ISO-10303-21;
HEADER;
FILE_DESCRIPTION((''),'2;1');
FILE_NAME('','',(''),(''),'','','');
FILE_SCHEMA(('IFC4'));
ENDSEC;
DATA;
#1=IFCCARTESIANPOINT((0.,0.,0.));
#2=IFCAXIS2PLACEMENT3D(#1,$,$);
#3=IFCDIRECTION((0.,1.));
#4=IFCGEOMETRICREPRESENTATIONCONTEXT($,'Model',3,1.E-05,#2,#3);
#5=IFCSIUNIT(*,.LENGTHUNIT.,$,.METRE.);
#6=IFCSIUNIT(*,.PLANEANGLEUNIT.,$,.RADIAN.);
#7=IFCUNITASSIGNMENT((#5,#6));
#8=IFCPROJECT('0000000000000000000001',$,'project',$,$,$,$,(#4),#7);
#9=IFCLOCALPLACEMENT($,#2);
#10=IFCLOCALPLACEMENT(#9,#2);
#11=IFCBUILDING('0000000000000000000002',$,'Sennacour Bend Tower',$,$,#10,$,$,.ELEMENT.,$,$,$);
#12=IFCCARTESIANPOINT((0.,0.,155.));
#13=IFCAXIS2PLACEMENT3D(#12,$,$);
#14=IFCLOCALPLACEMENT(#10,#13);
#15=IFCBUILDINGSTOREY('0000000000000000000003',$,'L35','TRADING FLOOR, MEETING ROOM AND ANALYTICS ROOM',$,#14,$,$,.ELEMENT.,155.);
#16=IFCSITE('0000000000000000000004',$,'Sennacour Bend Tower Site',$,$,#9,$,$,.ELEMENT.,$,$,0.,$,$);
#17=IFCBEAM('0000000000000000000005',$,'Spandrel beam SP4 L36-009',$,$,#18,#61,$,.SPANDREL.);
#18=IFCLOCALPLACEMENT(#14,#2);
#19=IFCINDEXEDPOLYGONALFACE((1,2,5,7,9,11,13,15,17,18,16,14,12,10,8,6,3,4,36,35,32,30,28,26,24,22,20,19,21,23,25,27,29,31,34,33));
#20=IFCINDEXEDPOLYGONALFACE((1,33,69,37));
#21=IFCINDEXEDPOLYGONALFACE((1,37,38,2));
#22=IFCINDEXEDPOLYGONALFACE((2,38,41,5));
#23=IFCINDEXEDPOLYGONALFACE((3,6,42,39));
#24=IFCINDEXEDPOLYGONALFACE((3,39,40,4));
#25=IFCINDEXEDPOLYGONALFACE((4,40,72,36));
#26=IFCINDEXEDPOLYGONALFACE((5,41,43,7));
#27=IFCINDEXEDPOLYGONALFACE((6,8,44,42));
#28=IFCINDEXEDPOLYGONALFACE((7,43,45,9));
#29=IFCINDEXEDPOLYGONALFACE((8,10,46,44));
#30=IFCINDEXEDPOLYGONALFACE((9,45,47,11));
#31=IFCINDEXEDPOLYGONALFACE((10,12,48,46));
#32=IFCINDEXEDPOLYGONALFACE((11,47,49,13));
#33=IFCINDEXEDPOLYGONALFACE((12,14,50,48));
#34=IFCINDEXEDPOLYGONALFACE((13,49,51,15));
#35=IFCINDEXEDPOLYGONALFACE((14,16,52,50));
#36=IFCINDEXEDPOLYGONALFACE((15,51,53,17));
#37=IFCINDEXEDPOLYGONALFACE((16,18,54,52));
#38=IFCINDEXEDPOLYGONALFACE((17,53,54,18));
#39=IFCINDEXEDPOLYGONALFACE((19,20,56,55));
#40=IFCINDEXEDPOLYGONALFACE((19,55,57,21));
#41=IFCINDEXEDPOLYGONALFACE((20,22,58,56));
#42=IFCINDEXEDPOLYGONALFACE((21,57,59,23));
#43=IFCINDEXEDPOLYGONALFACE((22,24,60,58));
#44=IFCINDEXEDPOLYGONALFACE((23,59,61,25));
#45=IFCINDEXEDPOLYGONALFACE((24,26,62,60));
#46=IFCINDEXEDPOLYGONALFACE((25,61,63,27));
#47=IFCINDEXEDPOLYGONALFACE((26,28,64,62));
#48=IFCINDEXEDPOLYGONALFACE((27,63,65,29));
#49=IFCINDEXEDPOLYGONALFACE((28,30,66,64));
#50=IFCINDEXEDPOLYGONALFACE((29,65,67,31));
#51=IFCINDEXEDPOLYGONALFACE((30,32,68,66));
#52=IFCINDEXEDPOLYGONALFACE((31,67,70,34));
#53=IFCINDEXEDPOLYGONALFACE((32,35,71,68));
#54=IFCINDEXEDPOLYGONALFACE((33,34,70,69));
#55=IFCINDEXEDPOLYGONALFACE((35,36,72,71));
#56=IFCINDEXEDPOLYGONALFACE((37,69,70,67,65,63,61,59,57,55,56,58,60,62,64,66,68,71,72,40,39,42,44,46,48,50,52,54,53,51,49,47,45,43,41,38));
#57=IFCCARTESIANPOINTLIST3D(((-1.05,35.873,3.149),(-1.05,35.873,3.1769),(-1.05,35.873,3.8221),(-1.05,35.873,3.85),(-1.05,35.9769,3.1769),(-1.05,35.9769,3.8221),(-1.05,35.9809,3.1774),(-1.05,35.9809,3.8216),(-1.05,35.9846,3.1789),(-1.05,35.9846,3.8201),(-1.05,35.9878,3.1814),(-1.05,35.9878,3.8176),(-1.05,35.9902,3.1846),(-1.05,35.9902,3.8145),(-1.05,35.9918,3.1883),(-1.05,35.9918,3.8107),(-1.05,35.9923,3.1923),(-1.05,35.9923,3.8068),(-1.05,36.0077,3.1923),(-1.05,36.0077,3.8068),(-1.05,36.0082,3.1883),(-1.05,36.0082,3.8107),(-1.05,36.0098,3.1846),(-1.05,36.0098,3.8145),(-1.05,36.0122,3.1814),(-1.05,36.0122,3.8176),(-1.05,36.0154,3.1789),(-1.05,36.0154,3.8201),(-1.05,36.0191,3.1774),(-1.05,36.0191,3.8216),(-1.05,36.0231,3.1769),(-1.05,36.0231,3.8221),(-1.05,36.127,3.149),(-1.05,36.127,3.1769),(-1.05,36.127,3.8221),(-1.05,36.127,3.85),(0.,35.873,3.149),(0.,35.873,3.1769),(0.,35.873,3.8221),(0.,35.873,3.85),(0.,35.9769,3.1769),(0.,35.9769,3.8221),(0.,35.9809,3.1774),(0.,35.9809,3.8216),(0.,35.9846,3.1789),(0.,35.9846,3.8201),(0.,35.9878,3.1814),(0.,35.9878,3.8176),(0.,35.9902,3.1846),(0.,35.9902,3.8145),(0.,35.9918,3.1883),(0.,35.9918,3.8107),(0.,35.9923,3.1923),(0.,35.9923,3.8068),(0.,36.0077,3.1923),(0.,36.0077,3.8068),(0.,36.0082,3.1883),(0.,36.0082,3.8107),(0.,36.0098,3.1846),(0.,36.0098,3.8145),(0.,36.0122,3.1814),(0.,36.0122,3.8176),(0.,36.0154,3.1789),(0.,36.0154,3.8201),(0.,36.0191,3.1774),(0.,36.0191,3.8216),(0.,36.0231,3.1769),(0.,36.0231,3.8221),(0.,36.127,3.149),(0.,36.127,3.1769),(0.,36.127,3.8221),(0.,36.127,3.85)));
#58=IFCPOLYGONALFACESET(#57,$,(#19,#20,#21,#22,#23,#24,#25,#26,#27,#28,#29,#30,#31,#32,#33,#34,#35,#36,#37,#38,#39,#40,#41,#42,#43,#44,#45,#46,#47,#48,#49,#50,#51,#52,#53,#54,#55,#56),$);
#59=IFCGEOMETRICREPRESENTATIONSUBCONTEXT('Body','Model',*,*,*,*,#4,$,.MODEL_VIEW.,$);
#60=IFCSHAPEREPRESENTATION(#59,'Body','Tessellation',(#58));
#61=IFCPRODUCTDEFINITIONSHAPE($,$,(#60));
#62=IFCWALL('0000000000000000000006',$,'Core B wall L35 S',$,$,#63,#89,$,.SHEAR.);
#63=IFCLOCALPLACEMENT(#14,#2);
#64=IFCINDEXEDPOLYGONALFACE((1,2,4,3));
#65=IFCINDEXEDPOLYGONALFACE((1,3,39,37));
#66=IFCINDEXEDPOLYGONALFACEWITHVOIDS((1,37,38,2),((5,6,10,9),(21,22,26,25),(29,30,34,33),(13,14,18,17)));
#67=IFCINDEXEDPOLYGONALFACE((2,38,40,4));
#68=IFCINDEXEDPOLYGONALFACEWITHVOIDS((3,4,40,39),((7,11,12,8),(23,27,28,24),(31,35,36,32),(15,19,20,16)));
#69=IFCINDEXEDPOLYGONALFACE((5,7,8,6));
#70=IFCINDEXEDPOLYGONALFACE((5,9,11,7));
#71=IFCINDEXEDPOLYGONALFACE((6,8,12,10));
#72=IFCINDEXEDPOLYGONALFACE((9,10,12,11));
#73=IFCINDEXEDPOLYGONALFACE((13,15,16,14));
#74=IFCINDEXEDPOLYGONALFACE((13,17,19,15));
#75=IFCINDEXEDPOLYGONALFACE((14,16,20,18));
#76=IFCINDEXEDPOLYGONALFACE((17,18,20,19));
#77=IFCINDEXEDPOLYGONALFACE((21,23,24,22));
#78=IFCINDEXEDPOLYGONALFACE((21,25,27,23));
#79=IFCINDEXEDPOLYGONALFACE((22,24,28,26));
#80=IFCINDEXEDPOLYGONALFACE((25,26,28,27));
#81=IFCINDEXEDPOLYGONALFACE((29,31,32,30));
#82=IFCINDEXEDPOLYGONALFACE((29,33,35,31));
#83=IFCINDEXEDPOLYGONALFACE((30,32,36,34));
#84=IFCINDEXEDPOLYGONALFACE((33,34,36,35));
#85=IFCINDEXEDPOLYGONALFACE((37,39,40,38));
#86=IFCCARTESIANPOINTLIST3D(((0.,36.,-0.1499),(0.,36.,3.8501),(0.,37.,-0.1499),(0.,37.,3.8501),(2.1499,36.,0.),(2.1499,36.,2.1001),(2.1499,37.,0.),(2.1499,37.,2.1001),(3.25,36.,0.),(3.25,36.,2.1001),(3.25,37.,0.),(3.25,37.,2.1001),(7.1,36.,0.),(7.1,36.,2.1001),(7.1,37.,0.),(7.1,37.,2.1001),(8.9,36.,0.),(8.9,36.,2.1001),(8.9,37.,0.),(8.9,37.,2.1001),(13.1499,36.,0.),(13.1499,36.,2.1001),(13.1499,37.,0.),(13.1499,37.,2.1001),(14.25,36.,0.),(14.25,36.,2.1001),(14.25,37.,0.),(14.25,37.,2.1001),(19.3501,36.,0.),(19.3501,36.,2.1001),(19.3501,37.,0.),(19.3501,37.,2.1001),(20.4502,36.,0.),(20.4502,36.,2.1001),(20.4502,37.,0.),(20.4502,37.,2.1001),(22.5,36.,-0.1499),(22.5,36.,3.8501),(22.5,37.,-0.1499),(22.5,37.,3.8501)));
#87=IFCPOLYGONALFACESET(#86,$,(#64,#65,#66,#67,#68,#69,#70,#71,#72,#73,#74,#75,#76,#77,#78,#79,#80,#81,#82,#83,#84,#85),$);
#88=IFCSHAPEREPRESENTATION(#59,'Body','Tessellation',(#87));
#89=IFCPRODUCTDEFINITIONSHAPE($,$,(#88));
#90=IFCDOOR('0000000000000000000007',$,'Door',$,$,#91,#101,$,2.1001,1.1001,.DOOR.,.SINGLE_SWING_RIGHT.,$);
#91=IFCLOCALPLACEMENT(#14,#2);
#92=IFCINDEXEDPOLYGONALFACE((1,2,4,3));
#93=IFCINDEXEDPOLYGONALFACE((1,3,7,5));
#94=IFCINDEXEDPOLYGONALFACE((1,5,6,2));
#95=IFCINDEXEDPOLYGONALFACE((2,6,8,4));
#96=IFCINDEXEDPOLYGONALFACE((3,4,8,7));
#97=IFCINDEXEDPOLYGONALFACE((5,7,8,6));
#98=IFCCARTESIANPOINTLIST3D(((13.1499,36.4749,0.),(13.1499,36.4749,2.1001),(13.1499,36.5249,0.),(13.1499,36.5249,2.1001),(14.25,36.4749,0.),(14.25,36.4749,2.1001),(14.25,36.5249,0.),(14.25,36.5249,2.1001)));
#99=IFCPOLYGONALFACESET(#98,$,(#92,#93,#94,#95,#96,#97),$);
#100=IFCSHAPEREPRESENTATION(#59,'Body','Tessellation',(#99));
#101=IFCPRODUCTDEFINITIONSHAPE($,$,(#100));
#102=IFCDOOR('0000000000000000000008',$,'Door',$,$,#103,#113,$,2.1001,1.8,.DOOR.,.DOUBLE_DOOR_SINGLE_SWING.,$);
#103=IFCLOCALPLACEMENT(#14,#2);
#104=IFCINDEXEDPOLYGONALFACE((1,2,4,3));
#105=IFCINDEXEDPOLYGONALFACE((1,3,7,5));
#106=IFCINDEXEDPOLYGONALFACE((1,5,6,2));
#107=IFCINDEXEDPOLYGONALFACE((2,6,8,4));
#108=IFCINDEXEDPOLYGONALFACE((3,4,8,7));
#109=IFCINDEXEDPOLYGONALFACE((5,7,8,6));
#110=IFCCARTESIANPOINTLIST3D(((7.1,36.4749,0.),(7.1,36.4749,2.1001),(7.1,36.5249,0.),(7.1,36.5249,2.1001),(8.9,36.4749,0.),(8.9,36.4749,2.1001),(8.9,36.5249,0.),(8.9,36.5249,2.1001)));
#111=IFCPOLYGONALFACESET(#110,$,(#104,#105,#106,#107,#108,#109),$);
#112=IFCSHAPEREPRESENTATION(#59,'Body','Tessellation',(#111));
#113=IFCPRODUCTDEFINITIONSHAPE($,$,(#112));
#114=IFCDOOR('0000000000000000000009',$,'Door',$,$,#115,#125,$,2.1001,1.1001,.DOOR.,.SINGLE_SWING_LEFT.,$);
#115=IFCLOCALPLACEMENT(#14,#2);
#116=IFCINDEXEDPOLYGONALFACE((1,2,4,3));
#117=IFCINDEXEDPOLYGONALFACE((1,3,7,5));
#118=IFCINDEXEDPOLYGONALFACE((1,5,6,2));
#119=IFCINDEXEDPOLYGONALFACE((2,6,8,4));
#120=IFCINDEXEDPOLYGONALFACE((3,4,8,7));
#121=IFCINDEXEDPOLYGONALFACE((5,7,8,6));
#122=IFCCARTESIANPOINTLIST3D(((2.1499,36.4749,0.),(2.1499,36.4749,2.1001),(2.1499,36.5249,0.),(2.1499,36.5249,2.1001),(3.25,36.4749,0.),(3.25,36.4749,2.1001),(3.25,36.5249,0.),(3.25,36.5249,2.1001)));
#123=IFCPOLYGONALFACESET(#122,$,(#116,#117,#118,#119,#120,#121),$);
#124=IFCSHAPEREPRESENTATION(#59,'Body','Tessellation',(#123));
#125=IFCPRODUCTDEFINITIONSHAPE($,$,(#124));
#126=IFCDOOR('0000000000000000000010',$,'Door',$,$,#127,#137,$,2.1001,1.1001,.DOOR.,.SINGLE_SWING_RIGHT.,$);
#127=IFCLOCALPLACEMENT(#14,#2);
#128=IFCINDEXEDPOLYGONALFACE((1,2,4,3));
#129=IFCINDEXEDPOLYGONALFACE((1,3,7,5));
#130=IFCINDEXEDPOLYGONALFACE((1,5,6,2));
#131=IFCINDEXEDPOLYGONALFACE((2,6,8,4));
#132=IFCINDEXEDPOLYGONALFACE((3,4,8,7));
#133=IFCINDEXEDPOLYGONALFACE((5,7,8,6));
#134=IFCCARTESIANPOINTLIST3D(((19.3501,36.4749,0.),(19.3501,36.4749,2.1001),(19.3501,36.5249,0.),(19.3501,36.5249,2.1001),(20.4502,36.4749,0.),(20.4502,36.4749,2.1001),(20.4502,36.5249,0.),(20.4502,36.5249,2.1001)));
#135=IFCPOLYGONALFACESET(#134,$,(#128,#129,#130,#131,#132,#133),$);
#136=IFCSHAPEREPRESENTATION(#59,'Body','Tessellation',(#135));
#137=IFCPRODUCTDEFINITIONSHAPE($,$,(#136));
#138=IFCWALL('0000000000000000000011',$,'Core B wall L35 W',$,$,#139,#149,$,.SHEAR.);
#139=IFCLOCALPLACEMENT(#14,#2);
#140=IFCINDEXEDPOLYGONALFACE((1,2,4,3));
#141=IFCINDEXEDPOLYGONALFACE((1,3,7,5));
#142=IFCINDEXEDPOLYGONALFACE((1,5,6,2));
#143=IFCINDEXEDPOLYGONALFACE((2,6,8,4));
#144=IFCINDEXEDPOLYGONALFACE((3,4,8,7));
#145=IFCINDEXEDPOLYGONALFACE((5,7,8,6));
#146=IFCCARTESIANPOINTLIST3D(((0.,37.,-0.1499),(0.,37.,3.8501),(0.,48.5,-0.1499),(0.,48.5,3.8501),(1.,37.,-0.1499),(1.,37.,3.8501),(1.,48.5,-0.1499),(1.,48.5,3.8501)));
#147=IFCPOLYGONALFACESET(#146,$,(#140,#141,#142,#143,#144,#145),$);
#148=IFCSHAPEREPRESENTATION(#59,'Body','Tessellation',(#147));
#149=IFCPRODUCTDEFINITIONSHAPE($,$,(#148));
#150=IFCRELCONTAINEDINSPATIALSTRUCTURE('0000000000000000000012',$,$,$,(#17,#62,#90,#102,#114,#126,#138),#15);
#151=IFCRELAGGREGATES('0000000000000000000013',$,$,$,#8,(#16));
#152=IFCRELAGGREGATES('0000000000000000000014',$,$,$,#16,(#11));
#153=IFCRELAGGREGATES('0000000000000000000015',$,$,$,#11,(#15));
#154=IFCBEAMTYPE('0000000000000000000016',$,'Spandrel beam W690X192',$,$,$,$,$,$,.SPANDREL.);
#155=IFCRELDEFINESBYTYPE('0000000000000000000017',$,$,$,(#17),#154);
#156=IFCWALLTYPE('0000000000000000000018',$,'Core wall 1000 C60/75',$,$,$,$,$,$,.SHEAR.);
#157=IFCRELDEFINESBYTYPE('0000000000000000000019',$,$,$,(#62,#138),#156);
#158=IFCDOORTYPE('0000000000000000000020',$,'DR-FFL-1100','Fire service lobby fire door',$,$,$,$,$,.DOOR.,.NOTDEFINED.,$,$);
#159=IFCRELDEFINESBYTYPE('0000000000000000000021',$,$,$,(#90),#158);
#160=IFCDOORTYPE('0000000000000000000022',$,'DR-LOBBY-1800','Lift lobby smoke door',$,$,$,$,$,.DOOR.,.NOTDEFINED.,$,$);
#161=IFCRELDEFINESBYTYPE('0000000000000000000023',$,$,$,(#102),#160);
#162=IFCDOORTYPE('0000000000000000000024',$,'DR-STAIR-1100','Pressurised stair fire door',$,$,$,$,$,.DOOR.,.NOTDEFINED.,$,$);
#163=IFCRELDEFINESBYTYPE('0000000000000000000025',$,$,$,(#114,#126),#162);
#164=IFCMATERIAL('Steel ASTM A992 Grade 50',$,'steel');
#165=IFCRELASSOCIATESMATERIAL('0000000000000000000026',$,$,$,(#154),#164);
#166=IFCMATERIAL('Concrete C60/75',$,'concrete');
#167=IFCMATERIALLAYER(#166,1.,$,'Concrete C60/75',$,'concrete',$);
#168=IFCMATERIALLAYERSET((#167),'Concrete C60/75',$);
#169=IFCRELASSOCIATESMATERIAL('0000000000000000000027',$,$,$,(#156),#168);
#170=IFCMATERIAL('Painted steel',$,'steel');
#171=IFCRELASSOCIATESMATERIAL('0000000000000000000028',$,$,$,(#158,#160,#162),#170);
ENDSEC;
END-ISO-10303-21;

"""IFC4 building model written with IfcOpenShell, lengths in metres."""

from ifc_helpers import new_model, si_unit, direction, frame, frame_2d, origin, origin_2d, place, context, subcontext, project, spatial, rectangle, i_section, extrude, material, layer, layer_set, material_profile, profile_set, type_object, element, fill, save


model = new_model("IFC4")

# Units and contexts
model_context = context("Model", 3, precision=1e-05, world=origin(), true_north=direction((0.0, 1.0)))
body_context = subcontext(model_context, "Body", "Model", "MODEL_VIEW")
ifc_project = project(units=[si_unit("LENGTHUNIT", "METRE"), si_unit("PLANEANGLEUNIT", "RADIAN")], contexts=[model_context])

# Site, building, storey
site_placement = place(None, origin())
site = spatial("IfcSite", under=ifc_project, at=site_placement, Name="Sennacour Bend Tower Site", CompositionType="ELEMENT", RefElevation=0.0)
building_placement = place(site_placement, origin())
building = spatial("IfcBuilding", under=site, at=building_placement, Name="Sennacour Bend Tower", CompositionType="ELEMENT")
storey_placement = place(building_placement, frame((0.0, 0.0, 155.0)))
storey = spatial("IfcBuildingStorey", under=building, at=storey_placement, Name="L35", Description="TRADING FLOOR, MEETING ROOM AND ANALYTICS ROOM", CompositionType="ELEMENT", Elevation=155.0)

# Beam
ifc_material_1 = material(Name="Steel ASTM A992 Grade 50", Category="steel")
ifc_material_profile = material_profile(ifc_material_1, i_section(OverallWidth=0.2539, OverallDepth=0.7009, WebThickness=0.0154, FlangeThickness=0.0278, FilletRadius=0.0154, at=origin_2d()), Name="Steel ASTM A992 Grade 50", Category="steel")
ifc_profile_set = profile_set([ifc_material_profile], Name="Steel ASTM A992 Grade 50")
beam_type = type_object("IfcBeamType", Name="Spandrel beam W690X192", PredefinedType="SPANDREL", material=ifc_profile_set)
beam_placement = place(storey_placement, frame((-1.05, 36.0, 3.4995), z_axis=(1.0, 0.0, 0.0), x_axis=(0.0, 1.0, 0.0)))
element("IfcBeam", 1, at=beam_placement, inside=storey, type_object=beam_type, Name="Spandrel beam SP4 L36-009", PredefinedType="SPANDREL", context=body_context, shape_type="SweptSolid", body=[
    extrude(i_section(OverallWidth=0.2539, OverallDepth=0.7009, WebThickness=0.0154, FlangeThickness=0.0278, FilletRadius=0.0154, at=origin_2d()), origin(), (0.0, 0.0, 1.0), 1.05),
])

# Wall, openings, doors
ifc_material_2 = material(Name="Concrete C60/75", Category="concrete")
ifc_layer_1 = layer(ifc_material_2, 1.0, Name="Concrete C60/75", Category="concrete")
ifc_layer_set_1 = layer_set([ifc_layer_1], Name="Concrete C60/75")
wall_type_1 = type_object("IfcWallType", Name="Core wall 1000 C60/75", PredefinedType="SHEAR", material=ifc_layer_set_1)
wall_1_placement = place(storey_placement, frame((0.0, 36.5, -0.1499), z_axis=(0.0, 0.0, 1.0), x_axis=(1.0, 0.0, 0.0)))
wall_1 = element("IfcWall", 2, at=wall_1_placement, inside=storey, type_object=wall_type_1, Name="Core B wall L35 S", PredefinedType="SHEAR", context=body_context, shape_type="SweptSolid", body=[
    extrude(rectangle(XDim=22.5, YDim=1.0, at=frame_2d((11.25, 0.0))), origin(), (0.0, 0.0, 1.0), 4.0),
])
opening_1_placement = place(wall_1_placement, frame((7.1001, 0.0, 0.1499)))
opening_1 = element("IfcOpeningElement", 3, at=opening_1_placement, cuts=wall_1, PredefinedType="OPENING", context=body_context, shape_type="SweptSolid", body=[
    extrude(rectangle(XDim=1.8, YDim=2.1001, at=frame_2d((0.8999, 1.05))), frame((0.0, 0.51, 0.0), z_axis=(0.0, -1.0, 0.0), x_axis=(1.0, 0.0, 0.0)), (0.0, 0.0, 1.0), 1.02),
])
opening_2_placement = place(wall_1_placement, frame((13.1499, 0.0, 0.1499)))
opening_2 = element("IfcOpeningElement", 4, at=opening_2_placement, cuts=wall_1, PredefinedType="OPENING", context=body_context, shape_type="SweptSolid", body=[
    extrude(rectangle(XDim=1.1001, YDim=2.1001, at=frame_2d((0.55, 1.05))), frame((0.0, 0.51, 0.0), z_axis=(0.0, -1.0, 0.0), x_axis=(1.0, 0.0, 0.0)), (0.0, 0.0, 1.0), 1.02),
])
opening_3_placement = place(wall_1_placement, frame((2.1499, 0.0, 0.1499)))
opening_3 = element("IfcOpeningElement", 5, at=opening_3_placement, cuts=wall_1, PredefinedType="OPENING", context=body_context, shape_type="SweptSolid", body=[
    extrude(rectangle(XDim=1.1001, YDim=2.1001, at=frame_2d((0.55, 1.05))), frame((0.0, 0.51, 0.0), z_axis=(0.0, -1.0, 0.0), x_axis=(1.0, 0.0, 0.0)), (0.0, 0.0, 1.0), 1.02),
])
opening_4_placement = place(wall_1_placement, frame((19.3501, 0.0, 0.1499)))
opening_4 = element("IfcOpeningElement", 6, at=opening_4_placement, cuts=wall_1, PredefinedType="OPENING", context=body_context, shape_type="SweptSolid", body=[
    extrude(rectangle(XDim=1.1001, YDim=2.1001, at=frame_2d((0.55, 1.05))), frame((0.0, 0.51, 0.0), z_axis=(0.0, -1.0, 0.0), x_axis=(1.0, 0.0, 0.0)), (0.0, 0.0, 1.0), 1.02),
])
ifc_material_3 = material(Name="Painted steel", Category="steel")
door_type_1 = type_object("IfcDoorType", Name="DR-FFL-1100", Description="Fire service lobby fire door", OperationType="NOTDEFINED", PredefinedType="DOOR", material=ifc_material_3)
door_1_placement = place(opening_2_placement, origin())
door_1 = element("IfcDoor", 7, at=door_1_placement, inside=storey, type_object=door_type_1, Name="Door", OperationType="SINGLE_SWING_RIGHT", OverallHeight=2.1001, OverallWidth=1.1001, PredefinedType="DOOR", context=body_context, shape_type="SweptSolid", body=[
    extrude(rectangle(XDim=1.1001, YDim=2.1001, at=frame_2d((0.55, 1.05))), frame((0.0, 0.0249, 0.0), z_axis=(0.0, -1.0, 0.0), x_axis=(1.0, 0.0, 0.0)), (0.0, 0.0, 1.0), 0.05),
])
fill(opening_2, door_1)
door_type_2 = type_object("IfcDoorType", Name="DR-LOBBY-1800", Description="Lift lobby smoke door", OperationType="NOTDEFINED", PredefinedType="DOOR", material=ifc_material_3)
door_2_placement = place(opening_1_placement, origin())
door_2 = element("IfcDoor", 8, at=door_2_placement, inside=storey, type_object=door_type_2, Name="Door", OperationType="DOUBLE_DOOR_SINGLE_SWING", OverallHeight=2.1001, OverallWidth=1.8, PredefinedType="DOOR", context=body_context, shape_type="SweptSolid", body=[
    extrude(rectangle(XDim=1.8, YDim=2.1001, at=frame_2d((0.8999, 1.05))), frame((0.0, 0.0249, 0.0), z_axis=(0.0, -1.0, 0.0), x_axis=(1.0, 0.0, 0.0)), (0.0, 0.0, 1.0), 0.05),
])
fill(opening_1, door_2)
door_type_3 = type_object("IfcDoorType", Name="DR-STAIR-1100", Description="Pressurised stair fire door", OperationType="NOTDEFINED", PredefinedType="DOOR", material=ifc_material_3)
door_3_placement = place(opening_3_placement, origin())
door_3 = element("IfcDoor", 9, at=door_3_placement, inside=storey, type_object=door_type_3, Name="Door", OperationType="SINGLE_SWING_LEFT", OverallHeight=2.1001, OverallWidth=1.1001, PredefinedType="DOOR", context=body_context, shape_type="SweptSolid", body=[
    extrude(rectangle(XDim=1.1001, YDim=2.1001, at=frame_2d((0.55, 1.05))), frame((0.0, 0.0249, 0.0), z_axis=(0.0, -1.0, 0.0), x_axis=(1.0, 0.0, 0.0)), (0.0, 0.0, 1.0), 0.05),
])
fill(opening_3, door_3)
door_4_placement = place(opening_4_placement, origin())
door_4 = element("IfcDoor", 10, at=door_4_placement, inside=storey, type_object=door_type_3, Name="Door", OperationType="SINGLE_SWING_RIGHT", OverallHeight=2.1001, OverallWidth=1.1001, PredefinedType="DOOR", context=body_context, shape_type="SweptSolid", body=[
    extrude(rectangle(XDim=1.1001, YDim=2.1001, at=frame_2d((0.55, 1.05))), frame((0.0, 0.0249, 0.0), z_axis=(0.0, -1.0, 0.0), x_axis=(1.0, 0.0, 0.0)), (0.0, 0.0, 1.0), 0.05),
])
fill(opening_4, door_4)

# Wall
wall_2_placement = place(storey_placement, frame((0.5, 37.0, -0.1499), z_axis=(0.0, 0.0, 1.0), x_axis=(0.0, 1.0, 0.0)))
element("IfcWall", 11, at=wall_2_placement, inside=storey, type_object=wall_type_1, Name="Core B wall L35 W", PredefinedType="SHEAR", context=body_context, shape_type="SweptSolid", body=[
    extrude(rectangle(XDim=11.5, YDim=1.0, at=frame_2d((5.75, 0.0))), origin(), (0.0, 0.0, 1.0), 4.0),
])

save(model, "model.ifc")
